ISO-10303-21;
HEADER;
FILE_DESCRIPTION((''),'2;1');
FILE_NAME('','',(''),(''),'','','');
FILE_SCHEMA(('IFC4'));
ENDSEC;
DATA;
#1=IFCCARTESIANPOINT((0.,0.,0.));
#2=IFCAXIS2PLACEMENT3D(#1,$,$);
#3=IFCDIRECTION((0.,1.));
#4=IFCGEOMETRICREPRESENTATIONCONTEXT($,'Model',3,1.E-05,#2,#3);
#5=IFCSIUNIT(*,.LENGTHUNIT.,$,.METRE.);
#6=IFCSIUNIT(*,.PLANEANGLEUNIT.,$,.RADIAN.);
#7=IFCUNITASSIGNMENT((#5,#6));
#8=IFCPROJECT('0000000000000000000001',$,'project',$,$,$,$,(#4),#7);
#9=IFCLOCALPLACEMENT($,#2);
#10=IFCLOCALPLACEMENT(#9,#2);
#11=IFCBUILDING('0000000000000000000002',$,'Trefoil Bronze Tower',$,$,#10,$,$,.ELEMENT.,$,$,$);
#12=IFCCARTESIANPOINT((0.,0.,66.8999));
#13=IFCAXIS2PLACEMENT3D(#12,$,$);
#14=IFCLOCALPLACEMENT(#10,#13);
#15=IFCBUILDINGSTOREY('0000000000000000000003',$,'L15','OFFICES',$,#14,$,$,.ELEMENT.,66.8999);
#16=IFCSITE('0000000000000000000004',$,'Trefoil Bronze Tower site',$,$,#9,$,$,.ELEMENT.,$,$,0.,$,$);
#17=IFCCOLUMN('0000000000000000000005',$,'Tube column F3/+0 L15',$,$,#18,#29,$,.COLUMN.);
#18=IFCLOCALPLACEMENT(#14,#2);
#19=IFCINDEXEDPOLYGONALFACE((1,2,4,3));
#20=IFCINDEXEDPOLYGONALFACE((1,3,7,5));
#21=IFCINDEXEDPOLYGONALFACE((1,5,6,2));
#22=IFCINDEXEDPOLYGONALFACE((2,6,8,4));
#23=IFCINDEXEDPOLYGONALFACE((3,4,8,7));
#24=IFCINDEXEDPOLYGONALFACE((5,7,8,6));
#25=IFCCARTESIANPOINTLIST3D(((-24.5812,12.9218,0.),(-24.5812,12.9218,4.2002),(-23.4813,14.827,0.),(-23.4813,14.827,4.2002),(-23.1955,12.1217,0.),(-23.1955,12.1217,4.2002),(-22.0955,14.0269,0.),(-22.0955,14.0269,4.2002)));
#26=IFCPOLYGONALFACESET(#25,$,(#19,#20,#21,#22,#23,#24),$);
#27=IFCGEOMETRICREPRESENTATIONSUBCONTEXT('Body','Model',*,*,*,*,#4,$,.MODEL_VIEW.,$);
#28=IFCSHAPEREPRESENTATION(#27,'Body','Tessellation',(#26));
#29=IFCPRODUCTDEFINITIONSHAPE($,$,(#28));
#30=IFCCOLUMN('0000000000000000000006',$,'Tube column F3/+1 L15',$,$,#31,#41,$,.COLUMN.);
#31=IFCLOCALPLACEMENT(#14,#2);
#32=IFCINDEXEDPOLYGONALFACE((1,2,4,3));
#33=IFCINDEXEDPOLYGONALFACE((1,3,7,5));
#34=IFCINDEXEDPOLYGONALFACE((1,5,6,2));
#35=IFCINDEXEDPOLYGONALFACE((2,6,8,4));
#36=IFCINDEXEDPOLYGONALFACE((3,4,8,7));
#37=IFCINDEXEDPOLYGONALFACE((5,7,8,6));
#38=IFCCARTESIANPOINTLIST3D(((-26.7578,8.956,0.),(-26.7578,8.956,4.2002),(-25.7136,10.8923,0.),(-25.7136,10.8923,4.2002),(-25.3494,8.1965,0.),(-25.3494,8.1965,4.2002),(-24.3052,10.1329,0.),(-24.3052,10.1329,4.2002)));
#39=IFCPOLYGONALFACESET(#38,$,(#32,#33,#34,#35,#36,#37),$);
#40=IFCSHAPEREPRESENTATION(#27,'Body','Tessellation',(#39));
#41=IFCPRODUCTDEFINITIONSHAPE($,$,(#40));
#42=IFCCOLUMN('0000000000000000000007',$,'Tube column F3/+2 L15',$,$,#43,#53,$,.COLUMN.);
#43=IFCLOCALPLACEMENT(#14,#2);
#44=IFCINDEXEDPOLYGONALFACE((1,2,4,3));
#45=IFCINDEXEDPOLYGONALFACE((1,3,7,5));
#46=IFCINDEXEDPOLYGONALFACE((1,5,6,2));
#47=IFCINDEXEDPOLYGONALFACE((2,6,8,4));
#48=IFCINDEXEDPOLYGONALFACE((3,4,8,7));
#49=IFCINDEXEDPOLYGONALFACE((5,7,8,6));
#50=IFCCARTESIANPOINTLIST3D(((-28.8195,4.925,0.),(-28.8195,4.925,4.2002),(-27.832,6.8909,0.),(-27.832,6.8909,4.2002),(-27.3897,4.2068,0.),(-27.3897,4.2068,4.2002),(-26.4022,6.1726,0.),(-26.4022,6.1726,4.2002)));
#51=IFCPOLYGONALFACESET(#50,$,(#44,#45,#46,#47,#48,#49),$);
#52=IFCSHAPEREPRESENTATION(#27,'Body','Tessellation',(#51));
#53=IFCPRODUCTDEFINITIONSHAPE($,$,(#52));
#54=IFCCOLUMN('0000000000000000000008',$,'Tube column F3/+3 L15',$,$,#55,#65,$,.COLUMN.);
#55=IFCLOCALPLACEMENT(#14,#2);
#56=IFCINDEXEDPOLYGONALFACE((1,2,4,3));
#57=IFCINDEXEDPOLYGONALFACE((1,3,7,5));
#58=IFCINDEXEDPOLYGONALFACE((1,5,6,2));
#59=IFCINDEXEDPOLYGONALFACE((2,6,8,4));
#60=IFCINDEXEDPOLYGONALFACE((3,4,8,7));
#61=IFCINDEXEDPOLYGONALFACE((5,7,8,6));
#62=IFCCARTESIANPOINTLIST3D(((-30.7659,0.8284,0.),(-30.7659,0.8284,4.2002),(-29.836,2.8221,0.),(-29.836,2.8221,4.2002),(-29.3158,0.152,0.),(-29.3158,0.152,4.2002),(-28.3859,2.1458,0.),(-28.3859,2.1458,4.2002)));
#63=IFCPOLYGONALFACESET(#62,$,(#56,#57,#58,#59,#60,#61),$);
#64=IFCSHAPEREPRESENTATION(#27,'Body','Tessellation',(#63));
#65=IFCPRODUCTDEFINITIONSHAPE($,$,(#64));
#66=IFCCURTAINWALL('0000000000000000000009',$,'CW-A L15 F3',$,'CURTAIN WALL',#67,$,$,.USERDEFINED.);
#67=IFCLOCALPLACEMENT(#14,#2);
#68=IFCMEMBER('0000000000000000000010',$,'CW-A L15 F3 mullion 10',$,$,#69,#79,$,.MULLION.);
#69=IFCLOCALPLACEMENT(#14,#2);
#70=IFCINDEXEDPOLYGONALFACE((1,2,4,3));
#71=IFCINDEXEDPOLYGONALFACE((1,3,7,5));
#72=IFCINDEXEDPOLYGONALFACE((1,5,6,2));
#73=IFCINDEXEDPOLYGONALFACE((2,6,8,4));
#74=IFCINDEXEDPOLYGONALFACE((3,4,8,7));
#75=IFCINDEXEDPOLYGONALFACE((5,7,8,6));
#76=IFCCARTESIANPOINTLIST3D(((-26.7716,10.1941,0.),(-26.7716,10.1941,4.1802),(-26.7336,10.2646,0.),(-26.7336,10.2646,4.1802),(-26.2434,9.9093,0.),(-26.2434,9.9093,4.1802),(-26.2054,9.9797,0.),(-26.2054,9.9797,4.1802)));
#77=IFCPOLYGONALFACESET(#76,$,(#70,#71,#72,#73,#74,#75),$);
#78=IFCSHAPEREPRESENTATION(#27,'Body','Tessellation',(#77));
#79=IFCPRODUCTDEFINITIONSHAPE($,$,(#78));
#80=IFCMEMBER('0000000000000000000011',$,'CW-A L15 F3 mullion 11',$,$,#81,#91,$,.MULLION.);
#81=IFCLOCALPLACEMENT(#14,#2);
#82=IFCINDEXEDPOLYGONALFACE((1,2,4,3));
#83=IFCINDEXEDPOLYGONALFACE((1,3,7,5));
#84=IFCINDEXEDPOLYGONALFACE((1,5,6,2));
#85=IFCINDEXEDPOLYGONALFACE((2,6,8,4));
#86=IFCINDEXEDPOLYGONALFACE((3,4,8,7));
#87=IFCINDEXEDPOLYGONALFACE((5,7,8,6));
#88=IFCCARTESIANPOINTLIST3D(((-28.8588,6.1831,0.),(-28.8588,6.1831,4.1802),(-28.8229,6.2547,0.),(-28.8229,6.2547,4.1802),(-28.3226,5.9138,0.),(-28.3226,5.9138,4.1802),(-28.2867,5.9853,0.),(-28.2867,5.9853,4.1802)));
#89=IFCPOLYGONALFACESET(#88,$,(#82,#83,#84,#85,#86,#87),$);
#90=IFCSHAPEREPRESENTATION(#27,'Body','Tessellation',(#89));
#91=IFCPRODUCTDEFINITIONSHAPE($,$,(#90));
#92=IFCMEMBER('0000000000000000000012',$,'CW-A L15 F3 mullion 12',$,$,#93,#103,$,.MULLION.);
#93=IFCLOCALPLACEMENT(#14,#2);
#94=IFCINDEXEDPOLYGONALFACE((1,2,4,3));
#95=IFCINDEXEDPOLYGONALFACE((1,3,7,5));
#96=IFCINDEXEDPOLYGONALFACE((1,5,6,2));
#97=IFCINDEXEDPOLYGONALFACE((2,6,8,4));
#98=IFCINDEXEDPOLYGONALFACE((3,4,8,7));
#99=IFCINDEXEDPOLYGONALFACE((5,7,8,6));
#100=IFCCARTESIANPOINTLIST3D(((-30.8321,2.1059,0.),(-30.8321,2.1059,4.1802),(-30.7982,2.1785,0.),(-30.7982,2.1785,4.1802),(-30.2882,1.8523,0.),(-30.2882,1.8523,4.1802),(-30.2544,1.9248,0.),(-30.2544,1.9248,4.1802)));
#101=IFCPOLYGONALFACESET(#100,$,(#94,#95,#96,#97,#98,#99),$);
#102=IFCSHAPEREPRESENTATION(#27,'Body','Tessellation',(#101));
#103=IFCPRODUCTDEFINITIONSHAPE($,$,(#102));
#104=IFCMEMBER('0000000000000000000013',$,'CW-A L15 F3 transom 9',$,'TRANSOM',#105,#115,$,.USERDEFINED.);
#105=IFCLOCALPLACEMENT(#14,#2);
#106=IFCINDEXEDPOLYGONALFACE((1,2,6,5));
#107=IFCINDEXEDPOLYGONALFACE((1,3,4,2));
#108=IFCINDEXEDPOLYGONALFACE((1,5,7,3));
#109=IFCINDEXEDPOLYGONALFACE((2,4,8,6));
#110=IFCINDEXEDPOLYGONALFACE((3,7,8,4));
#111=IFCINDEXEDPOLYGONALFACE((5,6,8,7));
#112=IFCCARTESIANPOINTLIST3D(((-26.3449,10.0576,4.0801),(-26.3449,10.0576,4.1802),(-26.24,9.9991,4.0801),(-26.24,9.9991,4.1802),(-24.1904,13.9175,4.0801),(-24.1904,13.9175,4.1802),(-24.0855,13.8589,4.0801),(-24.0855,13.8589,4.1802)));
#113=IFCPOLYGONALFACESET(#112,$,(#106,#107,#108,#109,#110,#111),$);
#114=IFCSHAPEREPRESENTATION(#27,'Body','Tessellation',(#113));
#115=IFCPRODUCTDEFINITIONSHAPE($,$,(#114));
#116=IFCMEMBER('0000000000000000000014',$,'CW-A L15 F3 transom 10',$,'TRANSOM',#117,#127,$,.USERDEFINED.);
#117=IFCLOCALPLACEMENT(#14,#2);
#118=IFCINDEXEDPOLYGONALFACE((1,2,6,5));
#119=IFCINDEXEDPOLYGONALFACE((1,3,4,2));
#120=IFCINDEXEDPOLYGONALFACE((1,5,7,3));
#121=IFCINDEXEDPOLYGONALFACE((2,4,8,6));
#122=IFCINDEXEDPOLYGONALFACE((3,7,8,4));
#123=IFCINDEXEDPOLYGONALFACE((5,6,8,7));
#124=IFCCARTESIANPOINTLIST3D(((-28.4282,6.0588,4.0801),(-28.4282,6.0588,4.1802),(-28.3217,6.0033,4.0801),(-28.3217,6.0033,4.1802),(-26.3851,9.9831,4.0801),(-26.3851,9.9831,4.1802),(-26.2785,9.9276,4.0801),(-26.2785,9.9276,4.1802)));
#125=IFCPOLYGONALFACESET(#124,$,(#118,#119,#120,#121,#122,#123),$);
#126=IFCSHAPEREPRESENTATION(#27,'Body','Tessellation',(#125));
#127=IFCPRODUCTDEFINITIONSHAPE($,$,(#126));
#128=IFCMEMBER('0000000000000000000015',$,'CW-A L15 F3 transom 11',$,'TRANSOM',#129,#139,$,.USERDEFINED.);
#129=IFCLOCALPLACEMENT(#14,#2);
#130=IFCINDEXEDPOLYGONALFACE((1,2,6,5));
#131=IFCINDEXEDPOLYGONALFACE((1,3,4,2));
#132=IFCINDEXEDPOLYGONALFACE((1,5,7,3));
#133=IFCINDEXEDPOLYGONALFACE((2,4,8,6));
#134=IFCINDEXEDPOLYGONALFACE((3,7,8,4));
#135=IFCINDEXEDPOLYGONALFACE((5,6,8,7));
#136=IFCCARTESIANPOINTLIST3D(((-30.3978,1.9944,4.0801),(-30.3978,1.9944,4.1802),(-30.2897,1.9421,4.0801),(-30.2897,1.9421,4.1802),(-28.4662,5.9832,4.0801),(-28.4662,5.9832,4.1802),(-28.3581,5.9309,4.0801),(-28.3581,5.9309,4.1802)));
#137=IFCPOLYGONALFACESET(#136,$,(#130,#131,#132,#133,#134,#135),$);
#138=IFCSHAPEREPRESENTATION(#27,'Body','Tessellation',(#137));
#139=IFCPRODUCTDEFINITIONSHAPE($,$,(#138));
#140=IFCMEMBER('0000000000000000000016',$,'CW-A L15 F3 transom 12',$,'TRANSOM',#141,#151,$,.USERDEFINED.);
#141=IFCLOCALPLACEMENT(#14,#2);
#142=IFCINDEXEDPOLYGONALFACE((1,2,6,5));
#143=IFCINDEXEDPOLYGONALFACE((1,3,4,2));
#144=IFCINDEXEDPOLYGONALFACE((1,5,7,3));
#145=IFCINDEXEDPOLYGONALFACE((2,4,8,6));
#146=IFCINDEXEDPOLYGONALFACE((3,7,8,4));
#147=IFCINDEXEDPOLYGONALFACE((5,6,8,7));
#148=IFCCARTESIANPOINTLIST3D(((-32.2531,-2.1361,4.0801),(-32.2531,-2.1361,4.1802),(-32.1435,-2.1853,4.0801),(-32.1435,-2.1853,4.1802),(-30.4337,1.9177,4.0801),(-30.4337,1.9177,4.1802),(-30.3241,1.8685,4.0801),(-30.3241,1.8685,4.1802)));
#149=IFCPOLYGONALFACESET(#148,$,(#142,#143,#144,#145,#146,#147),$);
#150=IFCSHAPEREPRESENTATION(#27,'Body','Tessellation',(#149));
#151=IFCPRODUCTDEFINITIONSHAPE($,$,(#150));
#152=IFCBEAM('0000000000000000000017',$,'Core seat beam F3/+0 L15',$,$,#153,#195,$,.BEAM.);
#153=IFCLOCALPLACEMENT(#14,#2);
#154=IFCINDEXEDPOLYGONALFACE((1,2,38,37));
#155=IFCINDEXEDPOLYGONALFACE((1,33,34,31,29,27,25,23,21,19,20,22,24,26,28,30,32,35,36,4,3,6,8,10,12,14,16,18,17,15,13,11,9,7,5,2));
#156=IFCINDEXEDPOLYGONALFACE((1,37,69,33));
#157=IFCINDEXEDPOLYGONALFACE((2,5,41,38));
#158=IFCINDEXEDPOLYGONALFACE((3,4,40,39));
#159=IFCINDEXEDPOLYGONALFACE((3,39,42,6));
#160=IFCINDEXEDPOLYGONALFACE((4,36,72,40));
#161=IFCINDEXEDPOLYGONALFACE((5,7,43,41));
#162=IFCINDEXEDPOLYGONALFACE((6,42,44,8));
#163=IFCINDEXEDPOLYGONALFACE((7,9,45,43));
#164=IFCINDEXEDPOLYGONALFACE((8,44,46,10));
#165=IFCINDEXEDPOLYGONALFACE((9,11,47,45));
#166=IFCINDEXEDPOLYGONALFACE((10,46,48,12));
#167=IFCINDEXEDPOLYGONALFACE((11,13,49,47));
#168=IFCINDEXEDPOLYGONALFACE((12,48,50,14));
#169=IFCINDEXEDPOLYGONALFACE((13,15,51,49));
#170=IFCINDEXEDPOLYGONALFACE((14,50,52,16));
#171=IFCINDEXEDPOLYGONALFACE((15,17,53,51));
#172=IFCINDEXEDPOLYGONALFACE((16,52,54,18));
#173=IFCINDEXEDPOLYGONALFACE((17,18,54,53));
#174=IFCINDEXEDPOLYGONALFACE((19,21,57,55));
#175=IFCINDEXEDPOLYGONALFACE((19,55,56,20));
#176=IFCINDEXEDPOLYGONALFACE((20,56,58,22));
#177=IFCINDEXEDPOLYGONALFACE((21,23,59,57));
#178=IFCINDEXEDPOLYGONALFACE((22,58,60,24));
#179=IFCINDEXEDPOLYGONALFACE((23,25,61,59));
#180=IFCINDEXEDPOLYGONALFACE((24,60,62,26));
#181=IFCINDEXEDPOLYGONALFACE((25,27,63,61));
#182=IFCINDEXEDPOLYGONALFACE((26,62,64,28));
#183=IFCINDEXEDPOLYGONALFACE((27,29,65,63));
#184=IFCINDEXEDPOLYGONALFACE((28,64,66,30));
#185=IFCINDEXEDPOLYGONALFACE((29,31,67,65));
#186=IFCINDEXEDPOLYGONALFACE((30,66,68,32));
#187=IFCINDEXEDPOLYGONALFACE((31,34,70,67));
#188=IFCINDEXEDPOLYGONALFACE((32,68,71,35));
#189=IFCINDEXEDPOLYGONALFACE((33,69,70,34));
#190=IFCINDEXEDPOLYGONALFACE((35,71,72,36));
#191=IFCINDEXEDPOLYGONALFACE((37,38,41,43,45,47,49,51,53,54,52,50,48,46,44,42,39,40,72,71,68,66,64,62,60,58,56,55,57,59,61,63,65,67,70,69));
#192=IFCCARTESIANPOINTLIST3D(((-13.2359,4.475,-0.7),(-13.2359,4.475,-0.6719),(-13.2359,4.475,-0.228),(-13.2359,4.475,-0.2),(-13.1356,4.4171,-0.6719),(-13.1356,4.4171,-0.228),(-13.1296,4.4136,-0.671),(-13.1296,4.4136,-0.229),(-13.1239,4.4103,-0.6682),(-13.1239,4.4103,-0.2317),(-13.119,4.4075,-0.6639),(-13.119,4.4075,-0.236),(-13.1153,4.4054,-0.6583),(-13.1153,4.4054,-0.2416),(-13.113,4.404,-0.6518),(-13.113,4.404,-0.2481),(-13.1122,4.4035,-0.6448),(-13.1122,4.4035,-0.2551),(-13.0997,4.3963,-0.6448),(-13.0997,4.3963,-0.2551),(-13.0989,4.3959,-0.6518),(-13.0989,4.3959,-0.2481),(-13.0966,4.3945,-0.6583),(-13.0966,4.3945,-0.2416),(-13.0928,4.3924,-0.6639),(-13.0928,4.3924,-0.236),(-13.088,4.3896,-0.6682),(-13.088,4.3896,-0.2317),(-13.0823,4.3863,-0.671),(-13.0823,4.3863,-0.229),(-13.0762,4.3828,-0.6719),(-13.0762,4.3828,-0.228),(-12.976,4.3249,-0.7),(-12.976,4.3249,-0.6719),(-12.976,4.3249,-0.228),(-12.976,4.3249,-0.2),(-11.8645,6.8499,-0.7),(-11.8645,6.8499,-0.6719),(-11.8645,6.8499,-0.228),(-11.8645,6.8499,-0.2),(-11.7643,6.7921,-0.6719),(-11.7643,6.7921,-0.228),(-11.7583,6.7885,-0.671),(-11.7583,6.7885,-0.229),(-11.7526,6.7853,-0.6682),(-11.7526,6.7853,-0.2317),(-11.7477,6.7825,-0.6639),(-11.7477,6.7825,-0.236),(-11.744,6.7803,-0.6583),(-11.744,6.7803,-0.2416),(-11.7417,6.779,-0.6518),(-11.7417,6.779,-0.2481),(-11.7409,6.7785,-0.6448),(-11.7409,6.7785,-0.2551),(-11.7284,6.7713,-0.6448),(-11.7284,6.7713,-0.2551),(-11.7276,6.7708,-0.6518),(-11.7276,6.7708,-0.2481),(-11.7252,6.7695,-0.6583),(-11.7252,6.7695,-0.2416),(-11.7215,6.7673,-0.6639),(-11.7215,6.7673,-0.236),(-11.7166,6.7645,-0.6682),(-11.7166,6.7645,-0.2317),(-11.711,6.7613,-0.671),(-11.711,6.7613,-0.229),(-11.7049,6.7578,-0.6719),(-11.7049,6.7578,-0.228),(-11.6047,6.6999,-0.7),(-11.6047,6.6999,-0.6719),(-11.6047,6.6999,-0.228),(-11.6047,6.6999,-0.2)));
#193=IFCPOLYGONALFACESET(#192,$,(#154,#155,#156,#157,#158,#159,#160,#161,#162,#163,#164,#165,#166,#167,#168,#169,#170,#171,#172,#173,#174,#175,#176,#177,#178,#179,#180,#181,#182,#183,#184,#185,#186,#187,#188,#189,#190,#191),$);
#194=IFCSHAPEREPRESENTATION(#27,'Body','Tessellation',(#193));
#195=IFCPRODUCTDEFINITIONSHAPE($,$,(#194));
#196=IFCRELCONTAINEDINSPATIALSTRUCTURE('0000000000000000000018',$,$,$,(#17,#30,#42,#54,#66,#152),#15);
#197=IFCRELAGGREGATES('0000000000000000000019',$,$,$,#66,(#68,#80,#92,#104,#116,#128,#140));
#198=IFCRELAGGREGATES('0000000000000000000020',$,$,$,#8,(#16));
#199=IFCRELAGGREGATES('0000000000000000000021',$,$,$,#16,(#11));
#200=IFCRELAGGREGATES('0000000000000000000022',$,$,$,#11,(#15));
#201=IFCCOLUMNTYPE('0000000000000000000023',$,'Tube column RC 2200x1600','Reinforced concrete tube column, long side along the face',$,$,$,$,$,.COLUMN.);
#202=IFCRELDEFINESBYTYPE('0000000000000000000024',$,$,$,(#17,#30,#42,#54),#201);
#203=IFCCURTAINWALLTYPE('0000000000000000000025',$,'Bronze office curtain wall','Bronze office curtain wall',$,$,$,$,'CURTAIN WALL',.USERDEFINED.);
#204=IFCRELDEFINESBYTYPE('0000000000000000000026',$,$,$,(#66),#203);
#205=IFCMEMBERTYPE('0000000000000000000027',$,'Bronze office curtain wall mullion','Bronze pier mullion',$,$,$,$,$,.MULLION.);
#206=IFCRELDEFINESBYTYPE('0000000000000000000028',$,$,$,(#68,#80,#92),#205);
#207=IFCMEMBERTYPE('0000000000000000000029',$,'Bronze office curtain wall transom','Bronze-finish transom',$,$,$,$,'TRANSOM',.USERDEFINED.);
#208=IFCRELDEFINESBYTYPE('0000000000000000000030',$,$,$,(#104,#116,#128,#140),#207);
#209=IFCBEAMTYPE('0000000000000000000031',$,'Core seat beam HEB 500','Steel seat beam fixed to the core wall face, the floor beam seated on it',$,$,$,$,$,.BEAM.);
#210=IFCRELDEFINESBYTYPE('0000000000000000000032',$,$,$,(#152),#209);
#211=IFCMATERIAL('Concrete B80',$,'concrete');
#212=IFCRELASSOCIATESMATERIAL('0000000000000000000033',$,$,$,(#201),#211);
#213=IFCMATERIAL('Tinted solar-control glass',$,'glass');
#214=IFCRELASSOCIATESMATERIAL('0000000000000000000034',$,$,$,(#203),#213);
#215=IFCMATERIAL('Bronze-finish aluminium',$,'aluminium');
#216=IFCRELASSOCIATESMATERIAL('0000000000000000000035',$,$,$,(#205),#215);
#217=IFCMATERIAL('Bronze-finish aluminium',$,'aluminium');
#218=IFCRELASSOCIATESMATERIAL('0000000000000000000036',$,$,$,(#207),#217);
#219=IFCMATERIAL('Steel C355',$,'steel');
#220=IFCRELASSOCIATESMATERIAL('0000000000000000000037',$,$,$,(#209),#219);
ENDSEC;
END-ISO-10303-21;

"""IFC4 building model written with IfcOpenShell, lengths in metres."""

from ifc_helpers import new_model, si_unit, direction, frame, origin, origin_2d, place, context, subcontext, project, spatial, rectangle, i_section, extrude, material, material_profile, profile_set, type_object, element, aggregate, save


model = new_model("IFC4")

# Units and contexts
model_context = context("Model", 3, precision=1e-05, world=origin(), true_north=direction((0.0, 1.0)))
body_context = subcontext(model_context, "Body", "Model", "MODEL_VIEW")
ifc_project = project(units=[si_unit("LENGTHUNIT", "METRE"), si_unit("PLANEANGLEUNIT", "RADIAN")], contexts=[model_context])

# Site, building, storey
site_placement = place(None, origin())
site = spatial("IfcSite", under=ifc_project, at=site_placement, Name="Trefoil Bronze Tower site", CompositionType="ELEMENT", RefElevation=0.0)
building_placement = place(site_placement, origin())
building = spatial("IfcBuilding", under=site, at=building_placement, Name="Trefoil Bronze Tower", CompositionType="ELEMENT")
storey_placement = place(building_placement, frame((0.0, 0.0, 66.8999)))
storey = spatial("IfcBuildingStorey", under=building, at=storey_placement, Name="L15", Description="OFFICES", CompositionType="ELEMENT", Elevation=66.8999)

# Columns
ifc_material_1 = material(Name="Concrete B80", Category="concrete")
ifc_material_profile_1 = material_profile(ifc_material_1, rectangle(XDim=2.2, YDim=1.6001, at=origin_2d()), Name="RC 2200x1600")
ifc_profile_set_1 = profile_set([ifc_material_profile_1], Name="Concrete B80")
column_type = type_object("IfcColumnType", Name="Tube column RC 2200x1600", Description="Reinforced concrete tube column, long side along the face", PredefinedType="COLUMN", material=ifc_profile_set_1)
for number, where, z_axis, x_axis, name in (
    (1, (-23.3384, 13.4744, 0.0), (0.0, 0.0, 1.0), (-0.5, -0.866025, 0.0), "Tube column F3/+0 L15"),
    (2, (-25.5315, 9.5444, 0.0), (0.0, 0.0, 1.0), (-0.474656, -0.880171, 0.0), "Tube column F3/+1 L15"),
    (3, (-27.6108, 5.5488, 0.0), (0.0, 0.0, 1.0), (-0.44889, -0.893587, 0.0), "Tube column F3/+2 L15"),
    (4, (-29.5759, 1.4871, 0.0), (0.0, 0.0, 1.0), (-0.422701, -0.906269, 0.0), "Tube column F3/+3 L15"),
):
    element("IfcColumn", number, at=place(storey_placement, frame(where, z_axis=z_axis, x_axis=x_axis)), inside=storey, type_object=column_type, Name=name, PredefinedType="COLUMN", context=body_context, shape_type="SweptSolid", body=[
        extrude(rectangle(XDim=2.2, YDim=1.6001, at=origin_2d()), origin(), (0.0, 0.0, 1.0), 4.2002),
    ])

# Curtain wall, members
ifc_material_2 = material(Name="Tinted solar-control glass", Category="glass")
curtain_wall_type = type_object("IfcCurtainWallType", Name="Bronze office curtain wall", Description="Bronze office curtain wall", ElementType="CURTAIN WALL", PredefinedType="USERDEFINED", material=ifc_material_2)
curtain_wall_placement = place(storey_placement, origin())
curtain_wall = element("IfcCurtainWall", 5, at=curtain_wall_placement, inside=storey, type_object=curtain_wall_type, Name="CW-A L15 F3", ObjectType="CURTAIN WALL", PredefinedType="USERDEFINED")
ifc_material_3 = material(Name="Bronze-finish aluminium", Category="aluminium")
ifc_material_profile_2 = material_profile(ifc_material_3, rectangle(XDim=0.6001, YDim=0.0801, at=origin_2d()), Name="CW-A mullion")
ifc_profile_set_2 = profile_set([ifc_material_profile_2], Name="Bronze-finish aluminium")
member_type_1 = type_object("IfcMemberType", Name="Bronze office curtain wall mullion", Description="Bronze pier mullion", PredefinedType="MULLION", material=ifc_profile_set_2)
member_1_placement = place(storey_placement, frame((-26.4885, 10.0869, 0.0), z_axis=(0.0, 0.0, 1.0), x_axis=(0.880171, -0.474656, 0.0)))
member_1 = element("IfcMember", 6, at=member_1_placement, type_object=member_type_1, Name="CW-A L15 F3 mullion 10", PredefinedType="MULLION", context=body_context, shape_type="SweptSolid", body=[
    extrude(rectangle(XDim=0.6001, YDim=0.0801, at=origin_2d()), origin(), (0.0, 0.0, 1.0), 4.1802),
])
member_2_placement = place(storey_placement, frame((-28.5728, 6.0842, 0.0), z_axis=(0.0, 0.0, 1.0), x_axis=(0.893587, -0.44889, 0.0)))
member_2 = element("IfcMember", 7, at=member_2_placement, type_object=member_type_1, Name="CW-A L15 F3 mullion 11", PredefinedType="MULLION", context=body_context, shape_type="SweptSolid", body=[
    extrude(rectangle(XDim=0.6001, YDim=0.0801, at=origin_2d()), origin(), (0.0, 0.0, 1.0), 4.1802),
])
member_3_placement = place(storey_placement, frame((-30.5432, 2.0154, 0.0), z_axis=(0.0, 0.0, 1.0), x_axis=(0.906269, -0.422701, 0.0)))
member_3 = element("IfcMember", 8, at=member_3_placement, type_object=member_type_1, Name="CW-A L15 F3 mullion 12", PredefinedType="MULLION", context=body_context, shape_type="SweptSolid", body=[
    extrude(rectangle(XDim=0.6001, YDim=0.0801, at=origin_2d()), origin(), (0.0, 0.0, 1.0), 4.1802),
])
ifc_material_4 = material(Name="Bronze-finish aluminium", Category="aluminium")
ifc_material_profile_3 = material_profile(ifc_material_4, rectangle(XDim=0.1201, YDim=0.1001, at=origin_2d()), Name="CW-A transom")
ifc_profile_set_3 = profile_set([ifc_material_profile_3], Name="Bronze-finish aluminium")
member_type_2 = type_object("IfcMemberType", Name="Bronze office curtain wall transom", Description="Bronze-finish transom", ElementType="TRANSOM", PredefinedType="USERDEFINED", material=ifc_profile_set_3)
member_4_placement = place(storey_placement, frame((-24.1379, 13.8882, 4.1301), z_axis=(-0.4874, -0.873179, 0.0), x_axis=(0.873179, -0.4874, 0.0)))
member_4 = element("IfcMember", 9, at=member_4_placement, type_object=member_type_2, Name="CW-A L15 F3 transom 9", ObjectType="TRANSOM", PredefinedType="USERDEFINED", context=body_context, shape_type="SweptSolid", body=[
    extrude(rectangle(XDim=0.1201, YDim=0.1001, at=origin_2d()), origin(), (0.0, 0.0, 1.0), 4.4204),
])
member_5_placement = place(storey_placement, frame((-26.3318, 9.9553, 4.1301), z_axis=(-0.46181, -0.886979, 0.0), x_axis=(0.886979, -0.46181, 0.0)))
member_5 = element("IfcMember", 10, at=member_5_placement, type_object=member_type_2, Name="CW-A L15 F3 transom 10", ObjectType="TRANSOM", PredefinedType="USERDEFINED", context=body_context, shape_type="SweptSolid", body=[
    extrude(rectangle(XDim=0.1201, YDim=0.1001, at=origin_2d()), origin(), (0.0, 0.0, 1.0), 4.4243),
])
member_6_placement = place(storey_placement, frame((-28.4121, 5.957, 4.1301), z_axis=(-0.435852, -0.900018, 0.0), x_axis=(0.900018, -0.435852, 0.0)))
member_6 = element("IfcMember", 11, at=member_6_placement, type_object=member_type_2, Name="CW-A L15 F3 transom 11", ObjectType="TRANSOM", PredefinedType="USERDEFINED", context=body_context, shape_type="SweptSolid", body=[
    extrude(rectangle(XDim=0.1201, YDim=0.1001, at=origin_2d()), origin(), (0.0, 0.0, 1.0), 4.4319),
])
member_7_placement = place(storey_placement, frame((-30.3789, 1.8931, 4.1301), z_axis=(-0.40946, -0.912328, 0.0), x_axis=(0.912328, -0.40946, 0.0)))
member_7 = element("IfcMember", 12, at=member_7_placement, type_object=member_type_2, Name="CW-A L15 F3 transom 12", ObjectType="TRANSOM", PredefinedType="USERDEFINED", context=body_context, shape_type="SweptSolid", body=[
    extrude(rectangle(XDim=0.1201, YDim=0.1001, at=origin_2d()), origin(), (0.0, 0.0, 1.0), 4.4434),
])

# Beam
ifc_material_5 = material(Name="Steel C355", Category="steel")
ifc_material_profile_4 = material_profile(ifc_material_5, i_section(OverallWidth=0.3, OverallDepth=0.5, WebThickness=0.0144, FlangeThickness=0.0281, FilletRadius=0.0271, at=origin_2d()), Name="HEB 500")
ifc_profile_set_4 = profile_set([ifc_material_profile_4], Name="Steel C355")
beam_type_1 = type_object("IfcBeamType", Name="Core seat beam HEB 500", Description="Steel seat beam fixed to the core wall face, the floor beam seated on it", PredefinedType="BEAM", material=ifc_profile_set_4)
for number, where, z_axis, x_axis, name in (
    (13, (-11.7346, 6.7749, -0.45), (-0.500036, -0.866005, 0.0), (0.866005, -0.500036, 0.0), "Core seat beam F3/+0 L15"),
):
    element("IfcBeam", number, at=place(storey_placement, frame(where, z_axis=z_axis, x_axis=x_axis)), inside=storey, type_object=beam_type_1, Name=name, PredefinedType="BEAM", context=body_context, shape_type="SweptSolid", body=[
        extrude(i_section(OverallWidth=0.3, OverallDepth=0.5, WebThickness=0.0144, FlangeThickness=0.0281, FilletRadius=0.0271, at=origin_2d()), origin(), (0.0, 0.0, 1.0), 2.7424),
    ])

aggregate(curtain_wall, [member_1, member_2, member_3, member_4, member_5, member_6, member_7])

save(model, "model.ifc")
